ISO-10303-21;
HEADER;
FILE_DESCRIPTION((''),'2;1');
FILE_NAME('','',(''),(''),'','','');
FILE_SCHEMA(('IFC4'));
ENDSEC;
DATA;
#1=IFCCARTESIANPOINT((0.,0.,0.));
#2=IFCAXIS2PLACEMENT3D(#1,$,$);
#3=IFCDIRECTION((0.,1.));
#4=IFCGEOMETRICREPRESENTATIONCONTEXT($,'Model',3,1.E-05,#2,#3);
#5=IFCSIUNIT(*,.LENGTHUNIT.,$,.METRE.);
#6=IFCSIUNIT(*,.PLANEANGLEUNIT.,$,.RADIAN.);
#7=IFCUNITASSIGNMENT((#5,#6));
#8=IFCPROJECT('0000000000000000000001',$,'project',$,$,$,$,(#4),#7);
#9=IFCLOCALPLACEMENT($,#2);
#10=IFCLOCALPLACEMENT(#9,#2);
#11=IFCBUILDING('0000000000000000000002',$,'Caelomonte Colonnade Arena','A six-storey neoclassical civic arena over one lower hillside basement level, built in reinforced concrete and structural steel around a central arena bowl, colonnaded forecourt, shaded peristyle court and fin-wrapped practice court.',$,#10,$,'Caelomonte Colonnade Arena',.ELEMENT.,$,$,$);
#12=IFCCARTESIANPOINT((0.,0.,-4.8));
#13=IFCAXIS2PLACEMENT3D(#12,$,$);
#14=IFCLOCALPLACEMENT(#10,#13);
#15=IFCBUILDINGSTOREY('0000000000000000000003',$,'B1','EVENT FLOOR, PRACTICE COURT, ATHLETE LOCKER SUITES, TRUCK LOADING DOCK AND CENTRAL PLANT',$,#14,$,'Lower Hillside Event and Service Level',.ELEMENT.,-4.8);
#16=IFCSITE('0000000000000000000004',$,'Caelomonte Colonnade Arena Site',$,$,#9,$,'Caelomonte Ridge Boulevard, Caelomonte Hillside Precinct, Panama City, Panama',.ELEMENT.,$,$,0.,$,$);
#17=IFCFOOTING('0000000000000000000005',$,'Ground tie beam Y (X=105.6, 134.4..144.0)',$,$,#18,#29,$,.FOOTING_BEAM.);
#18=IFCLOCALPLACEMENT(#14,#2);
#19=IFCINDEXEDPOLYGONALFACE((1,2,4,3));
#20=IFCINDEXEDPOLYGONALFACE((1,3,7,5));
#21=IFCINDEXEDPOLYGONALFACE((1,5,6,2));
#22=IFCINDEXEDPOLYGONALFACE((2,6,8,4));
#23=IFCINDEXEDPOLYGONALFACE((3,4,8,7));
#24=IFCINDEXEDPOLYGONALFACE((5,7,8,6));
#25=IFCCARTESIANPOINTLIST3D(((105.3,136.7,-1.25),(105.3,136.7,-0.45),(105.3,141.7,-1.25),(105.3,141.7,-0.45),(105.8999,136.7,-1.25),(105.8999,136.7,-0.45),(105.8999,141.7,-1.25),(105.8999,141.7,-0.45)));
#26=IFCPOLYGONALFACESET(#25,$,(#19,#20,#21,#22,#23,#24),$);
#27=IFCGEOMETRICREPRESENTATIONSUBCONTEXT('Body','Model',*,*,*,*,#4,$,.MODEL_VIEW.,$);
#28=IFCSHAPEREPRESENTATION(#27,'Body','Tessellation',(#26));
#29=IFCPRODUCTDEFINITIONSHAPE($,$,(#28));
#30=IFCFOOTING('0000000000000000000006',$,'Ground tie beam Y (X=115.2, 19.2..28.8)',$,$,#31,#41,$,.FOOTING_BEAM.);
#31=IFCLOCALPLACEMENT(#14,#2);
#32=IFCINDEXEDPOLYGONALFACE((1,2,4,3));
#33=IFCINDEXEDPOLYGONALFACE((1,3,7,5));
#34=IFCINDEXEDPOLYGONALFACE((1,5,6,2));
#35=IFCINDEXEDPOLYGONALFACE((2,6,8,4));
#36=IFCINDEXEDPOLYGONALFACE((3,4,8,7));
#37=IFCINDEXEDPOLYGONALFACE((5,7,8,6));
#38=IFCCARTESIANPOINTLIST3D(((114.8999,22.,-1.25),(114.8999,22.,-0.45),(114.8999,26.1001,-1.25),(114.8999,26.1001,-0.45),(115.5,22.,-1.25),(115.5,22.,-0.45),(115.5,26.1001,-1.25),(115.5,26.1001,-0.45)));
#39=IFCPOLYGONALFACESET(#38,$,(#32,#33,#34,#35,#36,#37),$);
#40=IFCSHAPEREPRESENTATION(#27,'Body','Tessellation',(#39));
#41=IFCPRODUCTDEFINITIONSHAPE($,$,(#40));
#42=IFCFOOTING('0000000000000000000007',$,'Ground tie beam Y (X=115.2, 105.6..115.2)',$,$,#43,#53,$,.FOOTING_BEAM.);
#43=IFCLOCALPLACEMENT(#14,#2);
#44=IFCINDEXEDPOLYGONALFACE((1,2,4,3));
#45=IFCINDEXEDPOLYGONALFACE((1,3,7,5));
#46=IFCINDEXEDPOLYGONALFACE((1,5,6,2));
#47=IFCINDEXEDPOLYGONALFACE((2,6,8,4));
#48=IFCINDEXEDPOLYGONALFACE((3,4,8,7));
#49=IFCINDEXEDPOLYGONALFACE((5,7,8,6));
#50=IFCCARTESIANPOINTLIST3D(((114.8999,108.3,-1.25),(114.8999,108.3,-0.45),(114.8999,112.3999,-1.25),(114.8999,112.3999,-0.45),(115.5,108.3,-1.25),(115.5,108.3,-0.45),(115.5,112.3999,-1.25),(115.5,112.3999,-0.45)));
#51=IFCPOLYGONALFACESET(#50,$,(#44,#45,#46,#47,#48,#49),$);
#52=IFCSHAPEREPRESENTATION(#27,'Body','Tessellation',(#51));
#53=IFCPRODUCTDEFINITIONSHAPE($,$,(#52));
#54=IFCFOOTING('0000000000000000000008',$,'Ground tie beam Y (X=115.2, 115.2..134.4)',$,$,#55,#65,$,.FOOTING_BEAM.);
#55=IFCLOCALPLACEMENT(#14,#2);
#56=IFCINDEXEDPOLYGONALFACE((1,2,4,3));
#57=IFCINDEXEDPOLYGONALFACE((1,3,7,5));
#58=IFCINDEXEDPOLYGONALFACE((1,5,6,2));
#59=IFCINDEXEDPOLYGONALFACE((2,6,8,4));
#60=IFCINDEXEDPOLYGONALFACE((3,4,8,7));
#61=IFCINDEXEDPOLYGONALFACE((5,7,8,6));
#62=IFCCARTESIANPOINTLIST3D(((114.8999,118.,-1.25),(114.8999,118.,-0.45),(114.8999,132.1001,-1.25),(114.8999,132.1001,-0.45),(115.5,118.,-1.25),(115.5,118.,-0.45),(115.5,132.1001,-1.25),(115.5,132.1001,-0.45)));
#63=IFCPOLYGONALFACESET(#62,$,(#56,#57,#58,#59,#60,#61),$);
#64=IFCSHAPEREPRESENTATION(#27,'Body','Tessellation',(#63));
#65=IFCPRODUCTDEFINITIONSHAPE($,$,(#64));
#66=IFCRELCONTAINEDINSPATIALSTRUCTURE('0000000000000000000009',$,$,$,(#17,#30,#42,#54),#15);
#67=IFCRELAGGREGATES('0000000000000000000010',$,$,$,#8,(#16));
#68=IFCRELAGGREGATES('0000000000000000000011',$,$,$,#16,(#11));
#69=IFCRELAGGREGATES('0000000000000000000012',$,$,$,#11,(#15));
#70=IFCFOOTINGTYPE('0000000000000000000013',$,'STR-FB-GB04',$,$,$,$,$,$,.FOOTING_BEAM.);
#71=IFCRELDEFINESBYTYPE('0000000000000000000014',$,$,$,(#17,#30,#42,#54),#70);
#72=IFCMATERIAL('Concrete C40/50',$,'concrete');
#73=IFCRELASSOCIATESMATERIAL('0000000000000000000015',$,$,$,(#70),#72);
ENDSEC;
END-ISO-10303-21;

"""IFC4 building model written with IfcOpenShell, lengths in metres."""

from ifc_helpers import new_model, si_unit, direction, frame, origin, place, context, subcontext, project, spatial, polyline, outline, extrude, material, type_object, element, save


model = new_model("IFC4")

# Units and contexts
model_context = context("Model", 3, precision=1e-05, world=origin(), true_north=direction((0.0, 1.0)))
body_context = subcontext(model_context, "Body", "Model", "MODEL_VIEW")
ifc_project = project(units=[si_unit("LENGTHUNIT", "METRE"), si_unit("PLANEANGLEUNIT", "RADIAN")], contexts=[model_context])

# Site, building, storey
site_placement = place(None, origin())
site = spatial("IfcSite", under=ifc_project, at=site_placement, Name="Caelomonte Colonnade Arena Site", LongName="Caelomonte Ridge Boulevard, Caelomonte Hillside Precinct, Panama City, Panama", CompositionType="ELEMENT", RefElevation=0.0)
building_placement = place(site_placement, origin())
building = spatial("IfcBuilding", under=site, at=building_placement, Name="Caelomonte Colonnade Arena", Description="A six-storey neoclassical civic arena over one lower hillside basement level, built in reinforced concrete and structural steel around a central arena bowl, colonnaded forecourt, shaded peristyle court and fin-wrapped practice court.", LongName="Caelomonte Colonnade Arena", CompositionType="ELEMENT")
storey_placement = place(building_placement, frame((0.0, 0.0, -4.8)))
storey = spatial("IfcBuildingStorey", under=building, at=storey_placement, Name="B1", Description="EVENT FLOOR, PRACTICE COURT, ATHLETE LOCKER SUITES, TRUCK LOADING DOCK AND CENTRAL PLANT", LongName="Lower Hillside Event and Service Level", CompositionType="ELEMENT", Elevation=-4.8)

# Footings
ifc_material = material(Name="Concrete C40/50", Category="concrete")
footing_type = type_object("IfcFootingType", Name="STR-FB-GB04", PredefinedType="FOOTING_BEAM", material=ifc_material)
footing_1_placement = place(storey_placement, frame((0.0, 0.0, -1.25)))
element("IfcFooting", 1, at=footing_1_placement, inside=storey, type_object=footing_type, Name="Ground tie beam Y (X=105.6, 134.4..144.0)", PredefinedType="FOOTING_BEAM", context=body_context, shape_type="SweptSolid", body=[
    extrude(outline(polyline([(105.3, 136.7), (105.8999, 136.7), (105.8999, 141.7), (105.3, 141.7), (105.3, 136.7)])), origin(), (0.0, 0.0, 1.0), 0.8),
])
footing_2_placement = place(storey_placement, frame((0.0, 0.0, -1.25)))
element("IfcFooting", 2, at=footing_2_placement, inside=storey, type_object=footing_type, Name="Ground tie beam Y (X=115.2, 19.2..28.8)", PredefinedType="FOOTING_BEAM", context=body_context, shape_type="SweptSolid", body=[
    extrude(outline(polyline([(114.8999, 22.0), (115.5, 22.0), (115.5, 26.1001), (114.8999, 26.1001), (114.8999, 22.0)])), origin(), (0.0, 0.0, 1.0), 0.8),
])
footing_3_placement = place(storey_placement, frame((0.0, 0.0, -1.25)))
element("IfcFooting", 3, at=footing_3_placement, inside=storey, type_object=footing_type, Name="Ground tie beam Y (X=115.2, 105.6..115.2)", PredefinedType="FOOTING_BEAM", context=body_context, shape_type="SweptSolid", body=[
    extrude(outline(polyline([(114.8999, 108.3), (115.5, 108.3), (115.5, 112.3999), (114.8999, 112.3999), (114.8999, 108.3)])), origin(), (0.0, 0.0, 1.0), 0.8),
])
footing_4_placement = place(storey_placement, frame((0.0, 0.0, -1.25)))
element("IfcFooting", 4, at=footing_4_placement, inside=storey, type_object=footing_type, Name="Ground tie beam Y (X=115.2, 115.2..134.4)", PredefinedType="FOOTING_BEAM", context=body_context, shape_type="SweptSolid", body=[
    extrude(outline(polyline([(114.8999, 118.0), (115.5, 118.0), (115.5, 132.1001), (114.8999, 132.1001), (114.8999, 118.0)])), origin(), (0.0, 0.0, 1.0), 0.8),
])

save(model, "model.ifc")
